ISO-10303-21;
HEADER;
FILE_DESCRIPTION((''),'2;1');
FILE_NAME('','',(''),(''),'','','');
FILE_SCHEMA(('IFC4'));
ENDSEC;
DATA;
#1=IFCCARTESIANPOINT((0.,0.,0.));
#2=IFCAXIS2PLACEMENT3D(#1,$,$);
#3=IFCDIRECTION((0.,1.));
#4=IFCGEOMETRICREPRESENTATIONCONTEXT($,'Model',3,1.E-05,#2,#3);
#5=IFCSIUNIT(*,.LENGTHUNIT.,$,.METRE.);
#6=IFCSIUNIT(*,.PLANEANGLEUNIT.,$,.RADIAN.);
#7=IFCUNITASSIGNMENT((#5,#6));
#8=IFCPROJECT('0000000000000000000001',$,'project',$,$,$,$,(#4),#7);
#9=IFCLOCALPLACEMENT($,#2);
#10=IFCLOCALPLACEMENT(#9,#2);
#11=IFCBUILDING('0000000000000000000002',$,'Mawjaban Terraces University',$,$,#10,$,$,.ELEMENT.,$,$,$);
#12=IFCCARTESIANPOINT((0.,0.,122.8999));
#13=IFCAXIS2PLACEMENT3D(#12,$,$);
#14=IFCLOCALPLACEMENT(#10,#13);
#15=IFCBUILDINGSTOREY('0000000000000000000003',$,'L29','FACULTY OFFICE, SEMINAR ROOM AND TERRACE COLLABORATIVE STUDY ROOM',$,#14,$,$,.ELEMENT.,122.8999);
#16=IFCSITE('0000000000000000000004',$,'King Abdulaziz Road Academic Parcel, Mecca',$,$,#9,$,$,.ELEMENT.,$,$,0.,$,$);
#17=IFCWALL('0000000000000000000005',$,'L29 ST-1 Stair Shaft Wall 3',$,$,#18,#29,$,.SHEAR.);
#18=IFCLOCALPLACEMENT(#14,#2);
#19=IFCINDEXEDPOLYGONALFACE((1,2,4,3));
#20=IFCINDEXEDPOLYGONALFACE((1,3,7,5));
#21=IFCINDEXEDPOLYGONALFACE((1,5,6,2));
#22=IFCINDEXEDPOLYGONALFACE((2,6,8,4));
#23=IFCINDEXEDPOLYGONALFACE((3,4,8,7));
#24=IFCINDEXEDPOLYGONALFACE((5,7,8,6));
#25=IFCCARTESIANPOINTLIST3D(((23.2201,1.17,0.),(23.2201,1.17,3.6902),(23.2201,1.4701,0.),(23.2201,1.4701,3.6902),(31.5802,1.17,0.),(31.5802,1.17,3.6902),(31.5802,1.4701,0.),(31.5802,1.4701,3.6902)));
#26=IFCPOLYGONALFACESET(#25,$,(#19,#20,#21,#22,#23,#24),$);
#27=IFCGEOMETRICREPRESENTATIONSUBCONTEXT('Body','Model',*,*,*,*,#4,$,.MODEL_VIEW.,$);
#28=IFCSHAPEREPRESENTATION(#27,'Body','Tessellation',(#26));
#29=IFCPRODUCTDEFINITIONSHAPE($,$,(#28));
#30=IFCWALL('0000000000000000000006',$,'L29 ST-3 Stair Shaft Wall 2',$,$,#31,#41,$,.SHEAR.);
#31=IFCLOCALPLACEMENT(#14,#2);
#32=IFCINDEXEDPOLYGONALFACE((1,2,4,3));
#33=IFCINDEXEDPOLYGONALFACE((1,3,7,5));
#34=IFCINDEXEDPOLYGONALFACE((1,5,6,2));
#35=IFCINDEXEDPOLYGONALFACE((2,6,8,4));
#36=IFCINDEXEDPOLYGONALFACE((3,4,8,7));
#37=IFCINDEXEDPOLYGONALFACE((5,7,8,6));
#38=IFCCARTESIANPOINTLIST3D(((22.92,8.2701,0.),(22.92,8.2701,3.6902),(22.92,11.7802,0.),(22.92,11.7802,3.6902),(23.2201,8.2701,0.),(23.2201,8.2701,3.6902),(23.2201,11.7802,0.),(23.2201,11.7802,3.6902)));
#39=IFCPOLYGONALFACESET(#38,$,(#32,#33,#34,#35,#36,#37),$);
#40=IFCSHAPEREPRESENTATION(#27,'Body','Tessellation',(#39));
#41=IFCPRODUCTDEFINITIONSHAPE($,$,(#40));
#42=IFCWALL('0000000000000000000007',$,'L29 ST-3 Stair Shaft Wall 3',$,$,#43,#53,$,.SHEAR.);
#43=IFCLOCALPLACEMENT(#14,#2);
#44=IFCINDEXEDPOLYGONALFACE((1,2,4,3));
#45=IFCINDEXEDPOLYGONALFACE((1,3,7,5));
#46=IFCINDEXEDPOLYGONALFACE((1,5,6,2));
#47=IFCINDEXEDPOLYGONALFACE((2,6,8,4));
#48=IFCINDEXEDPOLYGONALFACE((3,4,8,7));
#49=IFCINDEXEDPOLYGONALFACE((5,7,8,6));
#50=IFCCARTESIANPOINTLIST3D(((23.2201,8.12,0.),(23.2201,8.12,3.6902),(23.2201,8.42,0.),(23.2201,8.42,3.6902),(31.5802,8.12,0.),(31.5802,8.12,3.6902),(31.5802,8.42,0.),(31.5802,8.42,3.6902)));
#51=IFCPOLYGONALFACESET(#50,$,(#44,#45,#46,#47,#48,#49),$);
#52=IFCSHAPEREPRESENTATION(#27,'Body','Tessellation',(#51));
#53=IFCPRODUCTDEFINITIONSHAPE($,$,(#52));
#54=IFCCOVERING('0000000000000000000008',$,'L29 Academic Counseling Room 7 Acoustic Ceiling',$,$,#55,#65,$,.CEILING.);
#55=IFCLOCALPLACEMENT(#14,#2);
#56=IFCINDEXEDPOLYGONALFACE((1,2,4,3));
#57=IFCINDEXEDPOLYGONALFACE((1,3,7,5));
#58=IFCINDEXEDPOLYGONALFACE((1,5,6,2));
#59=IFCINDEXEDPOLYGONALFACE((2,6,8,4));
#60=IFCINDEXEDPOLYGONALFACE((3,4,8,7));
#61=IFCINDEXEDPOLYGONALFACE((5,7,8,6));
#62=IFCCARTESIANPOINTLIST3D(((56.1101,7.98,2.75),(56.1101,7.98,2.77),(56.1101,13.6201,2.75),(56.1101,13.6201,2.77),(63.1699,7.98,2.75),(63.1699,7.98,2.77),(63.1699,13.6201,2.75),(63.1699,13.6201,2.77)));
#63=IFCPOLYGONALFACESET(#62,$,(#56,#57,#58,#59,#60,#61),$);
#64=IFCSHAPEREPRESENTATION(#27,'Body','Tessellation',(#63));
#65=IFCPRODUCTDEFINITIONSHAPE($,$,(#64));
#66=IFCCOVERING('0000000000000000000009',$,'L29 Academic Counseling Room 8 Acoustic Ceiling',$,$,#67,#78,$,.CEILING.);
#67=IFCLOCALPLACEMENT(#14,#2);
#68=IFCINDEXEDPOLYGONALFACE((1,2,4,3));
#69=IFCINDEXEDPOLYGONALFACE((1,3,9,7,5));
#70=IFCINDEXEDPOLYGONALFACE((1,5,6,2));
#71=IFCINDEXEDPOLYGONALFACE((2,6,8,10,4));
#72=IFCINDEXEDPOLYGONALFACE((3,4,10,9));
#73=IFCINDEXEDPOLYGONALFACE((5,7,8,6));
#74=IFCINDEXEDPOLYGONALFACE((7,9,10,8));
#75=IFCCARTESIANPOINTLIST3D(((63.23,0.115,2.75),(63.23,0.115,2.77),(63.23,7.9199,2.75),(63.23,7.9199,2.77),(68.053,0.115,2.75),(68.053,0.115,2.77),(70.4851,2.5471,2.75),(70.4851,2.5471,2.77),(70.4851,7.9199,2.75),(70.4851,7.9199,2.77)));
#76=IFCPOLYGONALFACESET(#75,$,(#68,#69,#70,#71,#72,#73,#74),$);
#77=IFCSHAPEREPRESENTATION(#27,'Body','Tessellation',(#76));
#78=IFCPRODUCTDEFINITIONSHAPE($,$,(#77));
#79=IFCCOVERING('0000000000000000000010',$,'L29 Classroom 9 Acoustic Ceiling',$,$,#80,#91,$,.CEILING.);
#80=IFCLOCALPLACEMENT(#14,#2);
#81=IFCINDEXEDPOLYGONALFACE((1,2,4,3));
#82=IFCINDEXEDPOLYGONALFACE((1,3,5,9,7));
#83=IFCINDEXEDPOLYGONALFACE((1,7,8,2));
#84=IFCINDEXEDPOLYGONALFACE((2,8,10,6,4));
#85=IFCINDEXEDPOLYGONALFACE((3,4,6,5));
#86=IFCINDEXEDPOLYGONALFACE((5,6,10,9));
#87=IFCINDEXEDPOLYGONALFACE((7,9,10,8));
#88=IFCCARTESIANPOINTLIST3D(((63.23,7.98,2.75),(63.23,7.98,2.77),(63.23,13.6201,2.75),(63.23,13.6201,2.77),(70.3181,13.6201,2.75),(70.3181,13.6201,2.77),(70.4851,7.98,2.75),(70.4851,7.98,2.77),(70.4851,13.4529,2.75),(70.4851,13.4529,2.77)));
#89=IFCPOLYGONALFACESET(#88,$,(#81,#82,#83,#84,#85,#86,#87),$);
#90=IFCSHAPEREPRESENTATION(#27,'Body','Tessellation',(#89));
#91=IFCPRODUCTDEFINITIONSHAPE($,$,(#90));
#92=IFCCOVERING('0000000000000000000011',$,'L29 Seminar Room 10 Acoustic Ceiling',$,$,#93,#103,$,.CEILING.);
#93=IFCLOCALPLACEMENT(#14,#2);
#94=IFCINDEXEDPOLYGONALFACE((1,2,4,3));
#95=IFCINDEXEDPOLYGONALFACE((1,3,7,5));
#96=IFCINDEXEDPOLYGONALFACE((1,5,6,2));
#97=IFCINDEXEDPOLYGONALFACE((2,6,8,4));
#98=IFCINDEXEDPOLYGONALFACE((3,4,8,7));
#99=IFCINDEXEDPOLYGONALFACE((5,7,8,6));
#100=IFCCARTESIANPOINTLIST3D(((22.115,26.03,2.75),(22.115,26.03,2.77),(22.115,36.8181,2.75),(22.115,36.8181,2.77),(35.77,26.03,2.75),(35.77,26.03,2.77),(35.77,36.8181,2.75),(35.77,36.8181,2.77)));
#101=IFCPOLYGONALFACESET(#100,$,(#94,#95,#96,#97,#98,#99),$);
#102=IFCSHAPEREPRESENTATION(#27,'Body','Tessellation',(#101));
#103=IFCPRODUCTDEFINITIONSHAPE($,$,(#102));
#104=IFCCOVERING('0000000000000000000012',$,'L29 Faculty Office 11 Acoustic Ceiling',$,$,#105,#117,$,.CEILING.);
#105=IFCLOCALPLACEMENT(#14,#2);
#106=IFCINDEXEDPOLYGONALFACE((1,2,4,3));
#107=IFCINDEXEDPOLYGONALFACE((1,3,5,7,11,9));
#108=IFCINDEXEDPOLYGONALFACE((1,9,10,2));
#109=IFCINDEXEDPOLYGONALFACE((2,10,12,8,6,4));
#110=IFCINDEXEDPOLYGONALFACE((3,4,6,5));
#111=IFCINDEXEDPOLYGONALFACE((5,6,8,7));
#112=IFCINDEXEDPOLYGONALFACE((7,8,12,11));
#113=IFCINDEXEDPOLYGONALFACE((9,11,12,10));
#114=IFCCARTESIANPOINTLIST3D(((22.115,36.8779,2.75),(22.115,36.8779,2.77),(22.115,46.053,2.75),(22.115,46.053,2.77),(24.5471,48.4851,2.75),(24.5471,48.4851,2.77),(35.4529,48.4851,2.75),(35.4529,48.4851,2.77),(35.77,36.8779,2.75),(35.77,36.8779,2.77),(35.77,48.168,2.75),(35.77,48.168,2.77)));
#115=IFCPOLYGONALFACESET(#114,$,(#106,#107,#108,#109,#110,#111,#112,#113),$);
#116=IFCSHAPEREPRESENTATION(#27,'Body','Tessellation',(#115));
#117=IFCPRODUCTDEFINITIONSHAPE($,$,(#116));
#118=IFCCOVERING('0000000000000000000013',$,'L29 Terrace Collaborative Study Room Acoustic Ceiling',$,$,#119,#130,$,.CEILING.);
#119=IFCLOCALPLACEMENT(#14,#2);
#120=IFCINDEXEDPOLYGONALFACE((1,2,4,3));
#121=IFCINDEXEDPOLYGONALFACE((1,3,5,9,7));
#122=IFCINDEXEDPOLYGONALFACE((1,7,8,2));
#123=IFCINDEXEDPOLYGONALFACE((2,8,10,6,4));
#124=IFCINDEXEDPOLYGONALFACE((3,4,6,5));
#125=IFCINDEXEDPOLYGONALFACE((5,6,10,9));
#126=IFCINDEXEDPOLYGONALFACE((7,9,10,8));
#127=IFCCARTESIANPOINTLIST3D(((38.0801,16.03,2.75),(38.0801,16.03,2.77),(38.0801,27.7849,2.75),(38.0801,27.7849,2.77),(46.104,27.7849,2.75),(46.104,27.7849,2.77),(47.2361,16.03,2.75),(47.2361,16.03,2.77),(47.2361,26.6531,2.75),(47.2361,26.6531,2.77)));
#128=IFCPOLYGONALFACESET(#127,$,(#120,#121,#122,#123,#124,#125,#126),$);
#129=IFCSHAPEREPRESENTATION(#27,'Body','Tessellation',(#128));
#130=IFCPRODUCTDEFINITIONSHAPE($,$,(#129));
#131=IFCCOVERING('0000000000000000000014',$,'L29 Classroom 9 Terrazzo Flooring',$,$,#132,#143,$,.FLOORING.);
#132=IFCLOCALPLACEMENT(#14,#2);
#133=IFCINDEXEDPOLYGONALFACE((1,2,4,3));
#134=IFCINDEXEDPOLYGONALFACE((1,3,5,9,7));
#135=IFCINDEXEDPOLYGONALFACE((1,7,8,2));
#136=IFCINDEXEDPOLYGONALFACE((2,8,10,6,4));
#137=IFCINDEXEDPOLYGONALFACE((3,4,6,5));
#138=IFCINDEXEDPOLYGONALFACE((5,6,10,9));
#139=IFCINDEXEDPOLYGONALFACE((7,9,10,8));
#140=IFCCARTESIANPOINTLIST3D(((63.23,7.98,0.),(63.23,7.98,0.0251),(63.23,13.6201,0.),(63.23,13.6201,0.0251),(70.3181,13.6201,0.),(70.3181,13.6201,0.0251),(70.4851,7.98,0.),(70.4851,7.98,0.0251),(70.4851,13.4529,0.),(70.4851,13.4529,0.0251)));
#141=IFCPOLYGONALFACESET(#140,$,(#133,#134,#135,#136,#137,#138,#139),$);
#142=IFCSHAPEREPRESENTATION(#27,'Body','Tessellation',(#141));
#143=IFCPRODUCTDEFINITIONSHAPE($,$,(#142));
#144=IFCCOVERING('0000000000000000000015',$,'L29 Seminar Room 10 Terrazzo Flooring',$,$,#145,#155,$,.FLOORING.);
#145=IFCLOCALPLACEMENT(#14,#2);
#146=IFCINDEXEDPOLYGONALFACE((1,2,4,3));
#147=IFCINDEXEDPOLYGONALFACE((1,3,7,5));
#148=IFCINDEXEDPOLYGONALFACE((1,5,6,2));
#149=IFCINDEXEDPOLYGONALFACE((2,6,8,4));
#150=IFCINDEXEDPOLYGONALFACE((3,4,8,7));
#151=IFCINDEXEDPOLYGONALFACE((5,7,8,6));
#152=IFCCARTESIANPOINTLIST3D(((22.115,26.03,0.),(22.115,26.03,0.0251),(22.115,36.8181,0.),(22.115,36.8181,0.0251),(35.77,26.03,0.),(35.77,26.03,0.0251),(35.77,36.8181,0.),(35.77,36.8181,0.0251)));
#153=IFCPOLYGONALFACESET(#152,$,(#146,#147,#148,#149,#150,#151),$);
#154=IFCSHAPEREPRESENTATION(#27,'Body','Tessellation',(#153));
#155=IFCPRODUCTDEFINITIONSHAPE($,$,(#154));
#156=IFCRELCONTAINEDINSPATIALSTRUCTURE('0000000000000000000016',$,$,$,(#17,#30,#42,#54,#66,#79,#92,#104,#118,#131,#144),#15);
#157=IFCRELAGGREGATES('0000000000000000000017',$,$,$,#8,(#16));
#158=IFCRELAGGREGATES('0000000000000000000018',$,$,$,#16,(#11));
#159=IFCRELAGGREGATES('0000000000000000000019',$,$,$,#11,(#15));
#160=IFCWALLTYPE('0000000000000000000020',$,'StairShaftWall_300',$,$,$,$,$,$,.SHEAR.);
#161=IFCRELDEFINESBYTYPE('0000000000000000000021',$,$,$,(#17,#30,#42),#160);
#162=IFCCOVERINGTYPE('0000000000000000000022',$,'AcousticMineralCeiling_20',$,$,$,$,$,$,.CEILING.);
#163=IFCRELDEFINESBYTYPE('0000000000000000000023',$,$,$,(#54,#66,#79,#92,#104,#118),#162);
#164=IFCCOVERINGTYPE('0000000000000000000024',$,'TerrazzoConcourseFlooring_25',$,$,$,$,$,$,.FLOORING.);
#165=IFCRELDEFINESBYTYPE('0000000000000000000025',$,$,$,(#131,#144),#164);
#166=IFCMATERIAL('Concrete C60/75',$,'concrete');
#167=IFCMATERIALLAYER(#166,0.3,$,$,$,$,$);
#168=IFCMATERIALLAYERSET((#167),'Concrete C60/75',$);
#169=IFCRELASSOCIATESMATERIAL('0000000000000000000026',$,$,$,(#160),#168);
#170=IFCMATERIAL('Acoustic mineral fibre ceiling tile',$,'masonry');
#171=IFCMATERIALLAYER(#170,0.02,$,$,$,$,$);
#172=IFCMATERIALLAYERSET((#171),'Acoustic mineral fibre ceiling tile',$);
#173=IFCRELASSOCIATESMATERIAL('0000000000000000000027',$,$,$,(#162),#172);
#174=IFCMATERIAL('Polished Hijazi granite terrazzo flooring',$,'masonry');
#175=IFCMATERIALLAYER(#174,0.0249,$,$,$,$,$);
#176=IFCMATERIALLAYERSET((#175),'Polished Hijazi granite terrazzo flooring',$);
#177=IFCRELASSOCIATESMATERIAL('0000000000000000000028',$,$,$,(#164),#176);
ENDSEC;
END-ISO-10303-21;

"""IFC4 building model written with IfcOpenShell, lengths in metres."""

from ifc_helpers import new_model, si_unit, direction, frame, frame_2d, origin, place, context, subcontext, project, spatial, polyline, rectangle, outline, extrude, material, layer, layer_set, type_object, element, save


model = new_model("IFC4")

# Units and contexts
model_context = context("Model", 3, precision=1e-05, world=origin(), true_north=direction((0.0, 1.0)))
body_context = subcontext(model_context, "Body", "Model", "MODEL_VIEW")
ifc_project = project(units=[si_unit("LENGTHUNIT", "METRE"), si_unit("PLANEANGLEUNIT", "RADIAN")], contexts=[model_context])

# Site, building, storey
site_placement = place(None, origin())
site = spatial("IfcSite", under=ifc_project, at=site_placement, Name="King Abdulaziz Road Academic Parcel, Mecca", CompositionType="ELEMENT", RefElevation=0.0)
building_placement = place(site_placement, origin())
building = spatial("IfcBuilding", under=site, at=building_placement, Name="Mawjaban Terraces University", CompositionType="ELEMENT")
storey_placement = place(building_placement, frame((0.0, 0.0, 122.8999)))
storey = spatial("IfcBuildingStorey", under=building, at=storey_placement, Name="L29", Description="FACULTY OFFICE, SEMINAR ROOM AND TERRACE COLLABORATIVE STUDY ROOM", CompositionType="ELEMENT", Elevation=122.8999)

# Shared definitions
ifc_material_1 = material(Name="Concrete C60/75", Category="concrete")

# Walls
ifc_layer_1 = layer(ifc_material_1, 0.3)
ifc_layer_set_1 = layer_set([ifc_layer_1], Name="Concrete C60/75")
wall_type_1 = type_object("IfcWallType", Name="StairShaftWall_300", PredefinedType="SHEAR", material=ifc_layer_set_1)
wall_1_placement = place(storey_placement, frame((23.22, 1.3201, 0.0), z_axis=(0.0, 0.0, 1.0), x_axis=(1.0, 0.0, 0.0)))
element("IfcWall", 1, at=wall_1_placement, inside=storey, type_object=wall_type_1, Name="L29 ST-1 Stair Shaft Wall 3", PredefinedType="SHEAR", context=body_context, shape_type="SweptSolid", body=[
    extrude(rectangle(XDim=8.3601, YDim=0.3, at=frame_2d((4.1802, 0.0))), origin(), (0.0, 0.0, 1.0), 3.6902),
])
wall_2_placement = place(storey_placement, frame((23.0701, 11.78, 0.0), z_axis=(0.0, 0.0, 1.0), x_axis=(0.0, -1.0, 0.0)))
element("IfcWall", 2, at=wall_2_placement, inside=storey, type_object=wall_type_1, Name="L29 ST-3 Stair Shaft Wall 2", PredefinedType="SHEAR", context=body_context, shape_type="SweptSolid", body=[
    extrude(rectangle(XDim=3.51, YDim=0.3, at=frame_2d((1.7549, 0.0))), origin(), (0.0, 0.0, 1.0), 3.6902),
])
wall_3_placement = place(storey_placement, frame((23.22, 8.27, 0.0), z_axis=(0.0, 0.0, 1.0), x_axis=(1.0, 0.0, 0.0)))
element("IfcWall", 3, at=wall_3_placement, inside=storey, type_object=wall_type_1, Name="L29 ST-3 Stair Shaft Wall 3", PredefinedType="SHEAR", context=body_context, shape_type="SweptSolid", body=[
    extrude(rectangle(XDim=8.3601, YDim=0.3, at=frame_2d((4.1802, 0.0))), origin(), (0.0, 0.0, 1.0), 3.6902),
])

# Coverings
ifc_material_2 = material(Name="Acoustic mineral fibre ceiling tile", Category="masonry")
ifc_layer_2 = layer(ifc_material_2, 0.02)
ifc_layer_set_2 = layer_set([ifc_layer_2], Name="Acoustic mineral fibre ceiling tile")
covering_type_1 = type_object("IfcCoveringType", Name="AcousticMineralCeiling_20", PredefinedType="CEILING", material=ifc_layer_set_2)
covering_1_placement = place(storey_placement, frame((0.0, 0.0, 2.75)))
element("IfcCovering", 4, at=covering_1_placement, inside=storey, type_object=covering_type_1, Name="L29 Academic Counseling Room 7 Acoustic Ceiling", PredefinedType="CEILING", context=body_context, shape_type="SweptSolid", body=[
    extrude(outline(polyline([(63.1699, 7.98), (63.1699, 13.6201), (56.1101, 13.6201), (56.1101, 7.98), (63.1699, 7.98)])), origin(), (0.0, 0.0, 1.0), 0.02),
])
covering_2_placement = place(storey_placement, frame((0.0, 0.0, 2.75)))
element("IfcCovering", 5, at=covering_2_placement, inside=storey, type_object=covering_type_1, Name="L29 Academic Counseling Room 8 Acoustic Ceiling", PredefinedType="CEILING", context=body_context, shape_type="SweptSolid", body=[
    extrude(outline(polyline([(63.23, 0.115), (68.053, 0.115), (70.4851, 2.5471), (70.4851, 7.9199), (63.23, 7.9199), (63.23, 0.115)])), origin(), (0.0, 0.0, 1.0), 0.02),
])
covering_3_placement = place(storey_placement, frame((0.0, 0.0, 2.75)))
element("IfcCovering", 6, at=covering_3_placement, inside=storey, type_object=covering_type_1, Name="L29 Classroom 9 Acoustic Ceiling", PredefinedType="CEILING", context=body_context, shape_type="SweptSolid", body=[
    extrude(outline(polyline([(70.4851, 7.98), (70.4851, 13.4529), (70.3181, 13.6201), (63.23, 13.6201), (63.23, 7.98), (70.4851, 7.98)])), origin(), (0.0, 0.0, 1.0), 0.02),
])
covering_4_placement = place(storey_placement, frame((0.0, 0.0, 2.75)))
element("IfcCovering", 7, at=covering_4_placement, inside=storey, type_object=covering_type_1, Name="L29 Seminar Room 10 Acoustic Ceiling", PredefinedType="CEILING", context=body_context, shape_type="SweptSolid", body=[
    extrude(outline(polyline([(22.115, 36.8181), (22.115, 26.03), (35.77, 26.03), (35.77, 36.8181), (22.115, 36.8181)])), origin(), (0.0, 0.0, 1.0), 0.02),
])
covering_5_placement = place(storey_placement, frame((0.0, 0.0, 2.75)))
element("IfcCovering", 8, at=covering_5_placement, inside=storey, type_object=covering_type_1, Name="L29 Faculty Office 11 Acoustic Ceiling", PredefinedType="CEILING", context=body_context, shape_type="SweptSolid", body=[
    extrude(outline(polyline([(35.77, 48.168), (35.4529, 48.4851), (24.5471, 48.4851), (22.115, 46.053), (22.115, 36.8779), (35.77, 36.8779), (35.77, 48.168)])), origin(), (0.0, 0.0, 1.0), 0.02),
])
covering_6_placement = place(storey_placement, frame((0.0, 0.0, 2.75)))
element("IfcCovering", 9, at=covering_6_placement, inside=storey, type_object=covering_type_1, Name="L29 Terrace Collaborative Study Room Acoustic Ceiling", PredefinedType="CEILING", context=body_context, shape_type="SweptSolid", body=[
    extrude(outline(polyline([(47.2361, 16.03), (47.2361, 26.6531), (46.104, 27.7849), (38.0801, 27.7849), (38.0801, 16.03), (47.2361, 16.03)])), origin(), (0.0, 0.0, 1.0), 0.02),
])
ifc_material_3 = material(Name="Polished Hijazi granite terrazzo flooring", Category="masonry")
ifc_layer_3 = layer(ifc_material_3, 0.0249)
ifc_layer_set_3 = layer_set([ifc_layer_3], Name="Polished Hijazi granite terrazzo flooring")
covering_type_2 = type_object("IfcCoveringType", Name="TerrazzoConcourseFlooring_25", PredefinedType="FLOORING", material=ifc_layer_set_3)
covering_7_placement = place(storey_placement, origin())
element("IfcCovering", 10, at=covering_7_placement, inside=storey, type_object=covering_type_2, Name="L29 Classroom 9 Terrazzo Flooring", PredefinedType="FLOORING", context=body_context, shape_type="SweptSolid", body=[
    extrude(outline(polyline([(70.4851, 7.98), (70.4851, 13.4529), (70.3181, 13.6201), (63.23, 13.6201), (63.23, 7.98), (70.4851, 7.98)])), origin(), (0.0, 0.0, 1.0), 0.0251),
])
covering_8_placement = place(storey_placement, origin())
element("IfcCovering", 11, at=covering_8_placement, inside=storey, type_object=covering_type_2, Name="L29 Seminar Room 10 Terrazzo Flooring", PredefinedType="FLOORING", context=body_context, shape_type="SweptSolid", body=[
    extrude(outline(polyline([(22.115, 36.8181), (22.115, 26.03), (35.77, 26.03), (35.77, 36.8181), (22.115, 36.8181)])), origin(), (0.0, 0.0, 1.0), 0.0251),
])

save(model, "model.ifc")
